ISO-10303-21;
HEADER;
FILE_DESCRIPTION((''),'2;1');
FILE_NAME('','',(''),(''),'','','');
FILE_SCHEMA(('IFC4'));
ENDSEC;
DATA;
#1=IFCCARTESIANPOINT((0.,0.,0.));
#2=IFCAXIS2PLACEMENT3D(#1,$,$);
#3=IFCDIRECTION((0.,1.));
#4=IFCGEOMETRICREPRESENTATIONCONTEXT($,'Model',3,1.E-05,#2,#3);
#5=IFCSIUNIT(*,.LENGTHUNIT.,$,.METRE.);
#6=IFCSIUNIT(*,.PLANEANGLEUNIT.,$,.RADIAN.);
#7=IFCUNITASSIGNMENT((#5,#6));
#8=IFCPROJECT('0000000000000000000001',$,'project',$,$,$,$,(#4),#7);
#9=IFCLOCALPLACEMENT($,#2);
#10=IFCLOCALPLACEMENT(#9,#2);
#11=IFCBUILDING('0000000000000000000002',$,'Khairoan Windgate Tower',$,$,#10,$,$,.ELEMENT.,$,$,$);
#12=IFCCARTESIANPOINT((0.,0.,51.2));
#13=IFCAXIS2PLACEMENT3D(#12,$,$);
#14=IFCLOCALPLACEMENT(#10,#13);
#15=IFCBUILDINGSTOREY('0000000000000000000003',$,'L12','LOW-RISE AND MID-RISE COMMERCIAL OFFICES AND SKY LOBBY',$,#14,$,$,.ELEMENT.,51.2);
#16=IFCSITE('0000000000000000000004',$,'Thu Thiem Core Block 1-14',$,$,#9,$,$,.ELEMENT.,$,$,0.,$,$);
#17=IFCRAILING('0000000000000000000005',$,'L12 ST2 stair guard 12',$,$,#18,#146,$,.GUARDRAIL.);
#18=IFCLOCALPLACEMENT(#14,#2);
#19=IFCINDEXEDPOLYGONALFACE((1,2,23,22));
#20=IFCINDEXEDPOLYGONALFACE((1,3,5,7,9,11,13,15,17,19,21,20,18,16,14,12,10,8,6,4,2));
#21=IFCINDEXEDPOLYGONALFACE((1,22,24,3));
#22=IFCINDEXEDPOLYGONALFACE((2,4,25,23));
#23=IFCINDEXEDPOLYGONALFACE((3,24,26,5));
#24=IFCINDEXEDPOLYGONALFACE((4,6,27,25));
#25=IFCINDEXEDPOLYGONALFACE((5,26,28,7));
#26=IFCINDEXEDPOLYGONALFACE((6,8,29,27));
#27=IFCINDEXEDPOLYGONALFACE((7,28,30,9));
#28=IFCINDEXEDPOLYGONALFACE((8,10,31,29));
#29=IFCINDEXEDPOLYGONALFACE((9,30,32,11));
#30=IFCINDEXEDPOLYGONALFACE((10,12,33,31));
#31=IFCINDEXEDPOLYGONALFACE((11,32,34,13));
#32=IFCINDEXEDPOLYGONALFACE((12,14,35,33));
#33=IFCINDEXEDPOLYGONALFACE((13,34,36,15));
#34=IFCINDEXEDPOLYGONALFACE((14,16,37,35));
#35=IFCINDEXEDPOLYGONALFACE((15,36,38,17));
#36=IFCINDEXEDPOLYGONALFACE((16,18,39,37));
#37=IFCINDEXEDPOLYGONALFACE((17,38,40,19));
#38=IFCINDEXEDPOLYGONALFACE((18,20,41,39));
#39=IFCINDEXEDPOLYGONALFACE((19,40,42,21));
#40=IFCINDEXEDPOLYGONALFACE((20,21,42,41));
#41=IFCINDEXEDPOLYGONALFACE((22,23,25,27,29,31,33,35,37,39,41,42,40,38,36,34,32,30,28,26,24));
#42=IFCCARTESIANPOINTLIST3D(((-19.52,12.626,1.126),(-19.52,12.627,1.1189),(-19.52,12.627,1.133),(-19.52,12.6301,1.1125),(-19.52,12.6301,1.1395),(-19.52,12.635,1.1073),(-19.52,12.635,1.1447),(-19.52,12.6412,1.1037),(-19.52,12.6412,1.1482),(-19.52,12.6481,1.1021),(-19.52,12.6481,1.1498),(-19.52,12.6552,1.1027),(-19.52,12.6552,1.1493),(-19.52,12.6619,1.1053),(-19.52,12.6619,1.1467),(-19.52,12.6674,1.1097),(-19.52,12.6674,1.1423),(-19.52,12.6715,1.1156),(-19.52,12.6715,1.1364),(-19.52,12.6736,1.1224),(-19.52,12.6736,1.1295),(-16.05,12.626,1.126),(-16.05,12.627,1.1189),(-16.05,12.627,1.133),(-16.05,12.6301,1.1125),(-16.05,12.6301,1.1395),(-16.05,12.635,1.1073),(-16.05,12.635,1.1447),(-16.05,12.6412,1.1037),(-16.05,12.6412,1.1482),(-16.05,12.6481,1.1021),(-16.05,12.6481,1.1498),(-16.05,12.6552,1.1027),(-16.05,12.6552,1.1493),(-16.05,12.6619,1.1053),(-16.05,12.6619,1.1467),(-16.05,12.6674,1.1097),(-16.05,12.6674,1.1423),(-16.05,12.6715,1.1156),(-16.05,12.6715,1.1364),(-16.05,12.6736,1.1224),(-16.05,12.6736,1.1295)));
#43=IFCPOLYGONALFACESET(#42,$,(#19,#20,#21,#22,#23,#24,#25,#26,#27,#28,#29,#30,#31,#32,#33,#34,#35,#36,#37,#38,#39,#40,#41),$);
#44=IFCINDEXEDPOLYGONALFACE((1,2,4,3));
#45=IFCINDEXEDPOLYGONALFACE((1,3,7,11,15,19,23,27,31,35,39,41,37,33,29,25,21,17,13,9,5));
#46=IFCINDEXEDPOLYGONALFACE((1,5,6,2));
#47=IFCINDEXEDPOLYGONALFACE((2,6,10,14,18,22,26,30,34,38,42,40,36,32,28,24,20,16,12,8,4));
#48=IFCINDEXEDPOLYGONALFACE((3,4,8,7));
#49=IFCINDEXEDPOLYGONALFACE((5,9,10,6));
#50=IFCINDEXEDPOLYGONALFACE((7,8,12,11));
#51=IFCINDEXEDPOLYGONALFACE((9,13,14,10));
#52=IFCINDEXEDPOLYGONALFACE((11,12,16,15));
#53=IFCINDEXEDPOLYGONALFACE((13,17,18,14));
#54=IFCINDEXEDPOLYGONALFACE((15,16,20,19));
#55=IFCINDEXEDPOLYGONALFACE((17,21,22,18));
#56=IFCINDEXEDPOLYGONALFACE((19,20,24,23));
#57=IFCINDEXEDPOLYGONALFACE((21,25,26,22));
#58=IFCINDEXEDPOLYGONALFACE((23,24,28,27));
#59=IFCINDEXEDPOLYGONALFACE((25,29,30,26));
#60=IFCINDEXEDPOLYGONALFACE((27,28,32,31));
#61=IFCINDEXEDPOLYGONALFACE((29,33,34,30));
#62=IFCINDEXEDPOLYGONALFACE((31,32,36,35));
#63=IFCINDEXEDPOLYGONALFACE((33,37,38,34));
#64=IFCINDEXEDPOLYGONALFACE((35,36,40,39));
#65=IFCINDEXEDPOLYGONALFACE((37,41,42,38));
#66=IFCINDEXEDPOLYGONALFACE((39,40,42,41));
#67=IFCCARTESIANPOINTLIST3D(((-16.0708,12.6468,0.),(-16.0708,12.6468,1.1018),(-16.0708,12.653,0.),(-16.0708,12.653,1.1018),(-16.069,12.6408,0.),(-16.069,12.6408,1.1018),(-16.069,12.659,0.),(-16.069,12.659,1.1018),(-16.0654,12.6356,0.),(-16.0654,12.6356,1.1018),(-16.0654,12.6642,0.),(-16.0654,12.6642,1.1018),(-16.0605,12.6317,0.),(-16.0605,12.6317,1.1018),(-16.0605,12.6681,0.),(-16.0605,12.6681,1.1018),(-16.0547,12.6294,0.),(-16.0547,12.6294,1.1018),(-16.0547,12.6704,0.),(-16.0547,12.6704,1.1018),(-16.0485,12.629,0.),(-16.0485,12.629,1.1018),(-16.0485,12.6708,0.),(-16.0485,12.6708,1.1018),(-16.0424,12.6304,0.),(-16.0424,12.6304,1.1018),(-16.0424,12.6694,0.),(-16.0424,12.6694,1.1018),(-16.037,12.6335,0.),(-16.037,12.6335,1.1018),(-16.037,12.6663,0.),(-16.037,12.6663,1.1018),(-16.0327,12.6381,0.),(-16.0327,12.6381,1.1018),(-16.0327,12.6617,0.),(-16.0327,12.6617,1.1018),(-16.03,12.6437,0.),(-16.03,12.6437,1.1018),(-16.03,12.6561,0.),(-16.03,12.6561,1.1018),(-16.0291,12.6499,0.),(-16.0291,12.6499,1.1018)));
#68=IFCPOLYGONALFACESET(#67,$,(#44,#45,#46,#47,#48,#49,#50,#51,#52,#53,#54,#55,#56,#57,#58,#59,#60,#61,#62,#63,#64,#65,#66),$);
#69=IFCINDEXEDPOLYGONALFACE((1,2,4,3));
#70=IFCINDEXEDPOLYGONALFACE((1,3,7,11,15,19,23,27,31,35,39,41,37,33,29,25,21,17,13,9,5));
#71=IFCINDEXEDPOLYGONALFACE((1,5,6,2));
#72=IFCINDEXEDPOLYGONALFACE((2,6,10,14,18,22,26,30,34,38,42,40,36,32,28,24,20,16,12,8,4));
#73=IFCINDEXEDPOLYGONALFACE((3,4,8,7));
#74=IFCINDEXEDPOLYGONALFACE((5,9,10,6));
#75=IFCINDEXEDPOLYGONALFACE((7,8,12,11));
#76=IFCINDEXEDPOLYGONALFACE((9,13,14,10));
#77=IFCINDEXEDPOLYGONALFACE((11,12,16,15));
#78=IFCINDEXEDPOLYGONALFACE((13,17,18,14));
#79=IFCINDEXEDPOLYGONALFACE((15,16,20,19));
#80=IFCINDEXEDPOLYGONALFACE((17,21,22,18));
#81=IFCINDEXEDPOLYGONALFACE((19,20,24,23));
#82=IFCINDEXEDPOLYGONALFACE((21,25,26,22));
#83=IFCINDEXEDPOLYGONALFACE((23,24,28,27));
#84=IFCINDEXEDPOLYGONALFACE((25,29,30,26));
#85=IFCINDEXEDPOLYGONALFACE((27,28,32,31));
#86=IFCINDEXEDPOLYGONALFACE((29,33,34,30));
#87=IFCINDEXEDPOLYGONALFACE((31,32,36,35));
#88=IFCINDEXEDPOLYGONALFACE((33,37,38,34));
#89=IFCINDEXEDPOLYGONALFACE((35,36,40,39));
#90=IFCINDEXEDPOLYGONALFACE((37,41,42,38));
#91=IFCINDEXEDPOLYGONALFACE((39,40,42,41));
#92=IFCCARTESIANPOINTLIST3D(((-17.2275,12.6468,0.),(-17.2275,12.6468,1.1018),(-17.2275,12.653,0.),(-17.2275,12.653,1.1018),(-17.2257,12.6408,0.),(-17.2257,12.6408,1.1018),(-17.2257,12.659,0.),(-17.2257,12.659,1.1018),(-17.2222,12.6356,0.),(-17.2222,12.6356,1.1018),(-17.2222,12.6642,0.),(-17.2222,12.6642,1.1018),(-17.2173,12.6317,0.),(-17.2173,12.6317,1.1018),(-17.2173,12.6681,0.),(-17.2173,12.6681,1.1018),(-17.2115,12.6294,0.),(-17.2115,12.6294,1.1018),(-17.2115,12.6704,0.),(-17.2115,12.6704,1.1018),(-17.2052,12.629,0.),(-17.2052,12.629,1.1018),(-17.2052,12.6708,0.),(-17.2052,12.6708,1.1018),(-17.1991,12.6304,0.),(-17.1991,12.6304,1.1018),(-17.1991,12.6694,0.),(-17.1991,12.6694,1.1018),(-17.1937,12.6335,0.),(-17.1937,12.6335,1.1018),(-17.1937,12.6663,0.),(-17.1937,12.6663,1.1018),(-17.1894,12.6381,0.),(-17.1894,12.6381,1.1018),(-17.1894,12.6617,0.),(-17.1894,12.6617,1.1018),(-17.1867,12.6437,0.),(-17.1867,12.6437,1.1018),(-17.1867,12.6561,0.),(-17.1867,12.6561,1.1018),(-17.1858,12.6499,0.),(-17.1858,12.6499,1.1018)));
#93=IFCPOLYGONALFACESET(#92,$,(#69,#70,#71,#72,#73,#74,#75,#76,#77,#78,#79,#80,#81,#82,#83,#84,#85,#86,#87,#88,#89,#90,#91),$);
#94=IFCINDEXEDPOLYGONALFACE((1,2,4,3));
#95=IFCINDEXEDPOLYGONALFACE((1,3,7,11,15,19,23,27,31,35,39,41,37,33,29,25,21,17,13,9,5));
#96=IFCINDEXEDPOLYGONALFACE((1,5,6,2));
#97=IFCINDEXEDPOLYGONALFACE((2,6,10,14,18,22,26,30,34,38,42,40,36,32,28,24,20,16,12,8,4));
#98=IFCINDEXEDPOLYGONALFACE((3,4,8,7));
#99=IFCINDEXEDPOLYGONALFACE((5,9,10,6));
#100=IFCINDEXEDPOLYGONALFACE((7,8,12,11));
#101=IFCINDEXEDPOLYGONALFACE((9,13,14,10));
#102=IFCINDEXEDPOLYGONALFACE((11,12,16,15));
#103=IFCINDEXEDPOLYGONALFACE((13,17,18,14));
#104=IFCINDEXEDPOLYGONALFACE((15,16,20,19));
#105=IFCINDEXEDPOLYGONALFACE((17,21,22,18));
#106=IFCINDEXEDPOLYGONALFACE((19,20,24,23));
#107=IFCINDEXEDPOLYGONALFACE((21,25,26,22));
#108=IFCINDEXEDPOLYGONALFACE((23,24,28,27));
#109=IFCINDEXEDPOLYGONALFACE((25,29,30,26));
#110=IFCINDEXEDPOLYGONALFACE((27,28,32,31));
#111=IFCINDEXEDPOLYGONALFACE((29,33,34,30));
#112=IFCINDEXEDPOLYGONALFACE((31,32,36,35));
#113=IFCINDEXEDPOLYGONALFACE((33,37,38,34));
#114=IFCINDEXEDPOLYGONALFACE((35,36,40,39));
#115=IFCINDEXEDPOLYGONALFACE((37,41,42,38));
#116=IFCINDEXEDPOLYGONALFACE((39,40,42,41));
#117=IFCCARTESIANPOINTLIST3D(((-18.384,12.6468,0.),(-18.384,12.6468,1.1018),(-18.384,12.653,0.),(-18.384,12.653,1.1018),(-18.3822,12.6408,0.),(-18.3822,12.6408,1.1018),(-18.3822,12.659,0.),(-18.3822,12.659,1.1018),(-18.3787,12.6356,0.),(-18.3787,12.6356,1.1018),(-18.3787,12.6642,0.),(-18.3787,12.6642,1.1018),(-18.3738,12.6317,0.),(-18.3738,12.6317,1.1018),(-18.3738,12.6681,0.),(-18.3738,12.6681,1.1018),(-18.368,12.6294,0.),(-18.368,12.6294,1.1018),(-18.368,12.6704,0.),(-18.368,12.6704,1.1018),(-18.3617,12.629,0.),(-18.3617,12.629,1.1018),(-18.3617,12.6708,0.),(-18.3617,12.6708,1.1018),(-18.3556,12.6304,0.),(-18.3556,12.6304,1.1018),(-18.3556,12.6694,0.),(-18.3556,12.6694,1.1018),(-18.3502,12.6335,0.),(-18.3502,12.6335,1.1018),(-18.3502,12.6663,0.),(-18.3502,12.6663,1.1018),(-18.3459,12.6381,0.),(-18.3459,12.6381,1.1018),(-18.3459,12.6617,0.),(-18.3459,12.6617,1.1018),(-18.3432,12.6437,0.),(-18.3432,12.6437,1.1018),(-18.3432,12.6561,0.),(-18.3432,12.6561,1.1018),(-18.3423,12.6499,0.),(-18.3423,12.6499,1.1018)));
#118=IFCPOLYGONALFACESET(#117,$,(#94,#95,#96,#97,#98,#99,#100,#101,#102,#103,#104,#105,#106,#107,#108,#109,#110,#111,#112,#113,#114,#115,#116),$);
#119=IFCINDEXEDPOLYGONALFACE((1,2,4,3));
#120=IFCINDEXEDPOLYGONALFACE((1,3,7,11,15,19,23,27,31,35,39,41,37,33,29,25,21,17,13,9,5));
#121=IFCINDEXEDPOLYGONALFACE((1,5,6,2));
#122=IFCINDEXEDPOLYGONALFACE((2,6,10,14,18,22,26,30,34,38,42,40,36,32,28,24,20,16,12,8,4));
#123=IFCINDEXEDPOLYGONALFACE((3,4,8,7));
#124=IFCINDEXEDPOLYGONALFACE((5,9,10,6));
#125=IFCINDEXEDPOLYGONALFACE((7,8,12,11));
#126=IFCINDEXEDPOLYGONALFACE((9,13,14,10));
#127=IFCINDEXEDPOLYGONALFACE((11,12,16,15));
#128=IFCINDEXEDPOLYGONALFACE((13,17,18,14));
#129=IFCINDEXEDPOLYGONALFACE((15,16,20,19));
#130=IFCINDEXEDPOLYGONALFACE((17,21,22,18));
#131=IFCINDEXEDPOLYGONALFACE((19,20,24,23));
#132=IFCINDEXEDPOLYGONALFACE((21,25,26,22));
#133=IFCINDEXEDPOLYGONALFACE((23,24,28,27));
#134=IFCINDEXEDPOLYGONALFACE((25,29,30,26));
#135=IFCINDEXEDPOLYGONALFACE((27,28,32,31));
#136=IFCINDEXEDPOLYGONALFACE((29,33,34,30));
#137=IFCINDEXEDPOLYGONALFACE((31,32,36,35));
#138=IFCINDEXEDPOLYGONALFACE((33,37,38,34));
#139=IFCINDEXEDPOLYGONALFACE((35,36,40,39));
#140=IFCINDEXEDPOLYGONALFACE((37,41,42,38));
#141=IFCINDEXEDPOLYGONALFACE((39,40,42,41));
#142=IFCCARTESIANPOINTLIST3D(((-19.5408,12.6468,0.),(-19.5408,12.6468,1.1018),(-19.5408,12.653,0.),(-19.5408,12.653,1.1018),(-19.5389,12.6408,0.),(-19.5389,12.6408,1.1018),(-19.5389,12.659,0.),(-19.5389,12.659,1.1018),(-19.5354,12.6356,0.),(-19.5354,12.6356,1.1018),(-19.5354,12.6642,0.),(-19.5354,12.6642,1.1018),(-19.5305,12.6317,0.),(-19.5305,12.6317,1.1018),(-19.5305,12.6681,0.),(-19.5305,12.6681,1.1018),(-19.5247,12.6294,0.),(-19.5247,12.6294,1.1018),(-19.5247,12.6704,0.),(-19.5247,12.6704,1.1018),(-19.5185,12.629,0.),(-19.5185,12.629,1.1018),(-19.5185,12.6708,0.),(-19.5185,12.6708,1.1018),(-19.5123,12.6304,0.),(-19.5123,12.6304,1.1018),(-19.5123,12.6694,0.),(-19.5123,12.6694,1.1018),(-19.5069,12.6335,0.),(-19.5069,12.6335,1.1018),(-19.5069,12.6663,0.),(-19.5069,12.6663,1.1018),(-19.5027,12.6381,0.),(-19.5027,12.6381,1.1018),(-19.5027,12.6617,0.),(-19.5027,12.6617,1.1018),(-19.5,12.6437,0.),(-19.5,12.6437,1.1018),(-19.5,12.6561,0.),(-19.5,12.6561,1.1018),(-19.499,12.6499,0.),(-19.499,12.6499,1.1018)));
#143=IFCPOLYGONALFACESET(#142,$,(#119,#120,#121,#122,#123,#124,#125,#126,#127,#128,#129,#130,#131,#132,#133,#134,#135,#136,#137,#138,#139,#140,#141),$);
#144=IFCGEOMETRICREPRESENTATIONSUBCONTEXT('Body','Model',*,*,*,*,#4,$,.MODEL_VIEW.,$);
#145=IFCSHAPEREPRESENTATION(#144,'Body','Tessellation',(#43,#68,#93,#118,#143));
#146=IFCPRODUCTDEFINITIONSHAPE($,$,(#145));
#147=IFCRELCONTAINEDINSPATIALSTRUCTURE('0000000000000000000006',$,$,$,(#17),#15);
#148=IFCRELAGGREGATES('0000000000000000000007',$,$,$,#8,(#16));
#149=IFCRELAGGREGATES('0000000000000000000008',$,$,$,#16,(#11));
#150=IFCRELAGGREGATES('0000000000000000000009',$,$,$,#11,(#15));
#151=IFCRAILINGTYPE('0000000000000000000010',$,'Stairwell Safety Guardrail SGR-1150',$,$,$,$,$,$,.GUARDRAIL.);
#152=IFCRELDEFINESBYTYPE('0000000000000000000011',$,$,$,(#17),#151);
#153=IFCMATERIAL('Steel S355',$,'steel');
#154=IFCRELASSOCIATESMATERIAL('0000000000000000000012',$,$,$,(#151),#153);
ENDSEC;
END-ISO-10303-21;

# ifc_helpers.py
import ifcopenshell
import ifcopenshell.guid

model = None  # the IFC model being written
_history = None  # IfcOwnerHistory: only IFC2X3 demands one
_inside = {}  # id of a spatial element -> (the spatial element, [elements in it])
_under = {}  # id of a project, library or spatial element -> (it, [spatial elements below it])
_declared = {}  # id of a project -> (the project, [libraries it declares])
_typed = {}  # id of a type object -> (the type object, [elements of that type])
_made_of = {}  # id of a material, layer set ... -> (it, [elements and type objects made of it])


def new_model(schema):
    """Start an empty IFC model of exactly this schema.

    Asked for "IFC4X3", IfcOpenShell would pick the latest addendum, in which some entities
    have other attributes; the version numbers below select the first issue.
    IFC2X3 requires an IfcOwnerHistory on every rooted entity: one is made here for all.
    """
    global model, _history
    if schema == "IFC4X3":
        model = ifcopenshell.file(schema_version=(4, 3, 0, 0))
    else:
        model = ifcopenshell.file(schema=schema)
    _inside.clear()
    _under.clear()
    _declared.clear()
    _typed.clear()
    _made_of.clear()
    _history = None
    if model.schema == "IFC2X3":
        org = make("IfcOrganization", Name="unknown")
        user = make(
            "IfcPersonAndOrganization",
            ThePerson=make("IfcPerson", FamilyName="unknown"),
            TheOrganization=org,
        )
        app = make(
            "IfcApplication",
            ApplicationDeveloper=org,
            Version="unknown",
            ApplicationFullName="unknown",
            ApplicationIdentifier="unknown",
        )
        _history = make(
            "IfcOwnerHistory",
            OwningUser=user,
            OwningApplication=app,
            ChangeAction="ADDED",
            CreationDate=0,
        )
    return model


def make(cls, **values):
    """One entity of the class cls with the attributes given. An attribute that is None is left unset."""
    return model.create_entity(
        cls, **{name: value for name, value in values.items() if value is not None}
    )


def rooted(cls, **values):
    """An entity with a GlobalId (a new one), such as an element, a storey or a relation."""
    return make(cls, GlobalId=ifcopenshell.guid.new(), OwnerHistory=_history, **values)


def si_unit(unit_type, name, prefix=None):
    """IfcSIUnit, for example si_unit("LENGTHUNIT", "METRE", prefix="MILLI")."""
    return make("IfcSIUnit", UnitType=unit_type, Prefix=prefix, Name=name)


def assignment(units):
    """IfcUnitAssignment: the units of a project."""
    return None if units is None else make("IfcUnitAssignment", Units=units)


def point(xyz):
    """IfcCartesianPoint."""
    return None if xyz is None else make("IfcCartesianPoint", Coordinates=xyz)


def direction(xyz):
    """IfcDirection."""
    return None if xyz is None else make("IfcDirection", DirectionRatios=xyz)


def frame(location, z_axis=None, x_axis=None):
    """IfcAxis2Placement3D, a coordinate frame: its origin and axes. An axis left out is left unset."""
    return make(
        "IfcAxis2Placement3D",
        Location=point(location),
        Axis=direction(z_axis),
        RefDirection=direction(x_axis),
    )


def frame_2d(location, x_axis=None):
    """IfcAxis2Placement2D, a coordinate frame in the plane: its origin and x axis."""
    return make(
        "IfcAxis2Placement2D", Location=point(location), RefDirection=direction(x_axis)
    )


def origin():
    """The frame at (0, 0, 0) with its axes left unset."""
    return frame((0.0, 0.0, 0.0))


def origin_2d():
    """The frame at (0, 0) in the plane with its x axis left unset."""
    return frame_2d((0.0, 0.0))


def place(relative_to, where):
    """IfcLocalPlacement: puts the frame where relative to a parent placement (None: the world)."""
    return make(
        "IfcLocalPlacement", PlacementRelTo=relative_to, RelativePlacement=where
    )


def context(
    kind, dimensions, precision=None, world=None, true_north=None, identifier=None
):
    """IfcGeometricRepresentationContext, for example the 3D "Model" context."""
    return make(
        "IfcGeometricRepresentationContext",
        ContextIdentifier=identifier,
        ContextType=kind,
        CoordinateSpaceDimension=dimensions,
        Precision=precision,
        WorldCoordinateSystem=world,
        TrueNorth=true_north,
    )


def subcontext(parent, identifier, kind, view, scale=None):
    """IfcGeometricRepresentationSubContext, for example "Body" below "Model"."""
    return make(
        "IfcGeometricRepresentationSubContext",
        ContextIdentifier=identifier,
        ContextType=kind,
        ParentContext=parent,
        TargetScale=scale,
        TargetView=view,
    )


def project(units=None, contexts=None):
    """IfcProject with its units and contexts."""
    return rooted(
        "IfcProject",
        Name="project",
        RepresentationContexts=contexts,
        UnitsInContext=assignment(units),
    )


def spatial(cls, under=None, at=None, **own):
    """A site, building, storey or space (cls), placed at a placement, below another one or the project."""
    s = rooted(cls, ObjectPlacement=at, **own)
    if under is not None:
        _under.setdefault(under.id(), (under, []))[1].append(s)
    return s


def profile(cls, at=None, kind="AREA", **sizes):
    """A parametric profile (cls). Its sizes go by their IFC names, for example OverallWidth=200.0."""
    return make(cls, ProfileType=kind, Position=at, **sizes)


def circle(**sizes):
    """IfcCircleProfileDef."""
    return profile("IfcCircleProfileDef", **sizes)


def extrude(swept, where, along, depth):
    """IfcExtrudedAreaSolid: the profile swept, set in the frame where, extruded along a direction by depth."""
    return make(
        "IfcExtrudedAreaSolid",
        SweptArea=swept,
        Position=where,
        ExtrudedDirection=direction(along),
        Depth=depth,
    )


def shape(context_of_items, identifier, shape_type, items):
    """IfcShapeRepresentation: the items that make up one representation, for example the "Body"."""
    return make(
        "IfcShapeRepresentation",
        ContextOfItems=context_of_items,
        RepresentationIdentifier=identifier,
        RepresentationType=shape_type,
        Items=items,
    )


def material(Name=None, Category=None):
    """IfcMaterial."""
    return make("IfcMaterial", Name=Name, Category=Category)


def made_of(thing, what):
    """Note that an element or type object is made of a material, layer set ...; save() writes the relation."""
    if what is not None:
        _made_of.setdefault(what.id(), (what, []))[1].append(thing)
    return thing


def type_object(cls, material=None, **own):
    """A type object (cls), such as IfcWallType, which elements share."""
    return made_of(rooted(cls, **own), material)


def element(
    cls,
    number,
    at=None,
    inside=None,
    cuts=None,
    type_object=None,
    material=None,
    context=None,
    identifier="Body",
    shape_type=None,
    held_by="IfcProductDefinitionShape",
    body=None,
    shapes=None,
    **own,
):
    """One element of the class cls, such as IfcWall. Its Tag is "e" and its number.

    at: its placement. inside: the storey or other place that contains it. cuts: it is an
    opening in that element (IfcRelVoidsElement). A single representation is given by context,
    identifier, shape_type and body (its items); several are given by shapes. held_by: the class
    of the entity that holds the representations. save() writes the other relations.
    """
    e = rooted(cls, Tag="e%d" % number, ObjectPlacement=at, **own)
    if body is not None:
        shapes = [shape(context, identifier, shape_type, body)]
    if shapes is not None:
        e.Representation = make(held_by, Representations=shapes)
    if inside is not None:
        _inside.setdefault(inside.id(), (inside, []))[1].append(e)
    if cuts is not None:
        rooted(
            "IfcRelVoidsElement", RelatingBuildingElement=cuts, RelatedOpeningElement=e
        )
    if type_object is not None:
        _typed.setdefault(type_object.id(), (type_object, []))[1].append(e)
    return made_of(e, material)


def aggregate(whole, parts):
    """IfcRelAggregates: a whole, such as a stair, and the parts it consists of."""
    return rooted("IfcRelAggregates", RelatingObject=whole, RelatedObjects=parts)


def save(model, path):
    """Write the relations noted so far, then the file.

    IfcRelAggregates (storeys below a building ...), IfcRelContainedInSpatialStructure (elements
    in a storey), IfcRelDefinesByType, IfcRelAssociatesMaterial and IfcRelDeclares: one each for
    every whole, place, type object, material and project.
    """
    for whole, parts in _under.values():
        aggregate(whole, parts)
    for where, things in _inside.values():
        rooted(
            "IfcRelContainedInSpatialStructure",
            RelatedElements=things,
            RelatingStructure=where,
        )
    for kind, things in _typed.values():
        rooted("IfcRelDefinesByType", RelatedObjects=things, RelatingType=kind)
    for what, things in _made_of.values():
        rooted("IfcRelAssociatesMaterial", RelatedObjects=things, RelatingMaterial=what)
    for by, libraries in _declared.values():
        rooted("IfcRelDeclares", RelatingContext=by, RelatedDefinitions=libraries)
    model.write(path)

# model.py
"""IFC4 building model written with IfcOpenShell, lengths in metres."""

from ifc_helpers import new_model, si_unit, direction, frame, origin, origin_2d, place, context, subcontext, project, spatial, circle, extrude, material, type_object, element, save


model = new_model("IFC4")

# Units and contexts
model_context = context("Model", 3, precision=1e-05, world=origin(), true_north=direction((0.0, 1.0)))
body_context = subcontext(model_context, "Body", "Model", "MODEL_VIEW")
ifc_project = project(units=[si_unit("LENGTHUNIT", "METRE"), si_unit("PLANEANGLEUNIT", "RADIAN")], contexts=[model_context])

# Site, building, storey
site_placement = place(None, origin())
site = spatial("IfcSite", under=ifc_project, at=site_placement, Name="Thu Thiem Core Block 1-14", CompositionType="ELEMENT", RefElevation=0.0)
building_placement = place(site_placement, origin())
building = spatial("IfcBuilding", under=site, at=building_placement, Name="Khairoan Windgate Tower", CompositionType="ELEMENT")
storey_placement = place(building_placement, frame((0.0, 0.0, 51.2)))
storey = spatial("IfcBuildingStorey", under=building, at=storey_placement, Name="L12", Description="LOW-RISE AND MID-RISE COMMERCIAL OFFICES AND SKY LOBBY", CompositionType="ELEMENT", Elevation=51.2)

# Railing
ifc_material_1 = material(Name="Steel S355", Category="steel")
railing_type = type_object("IfcRailingType", Name="Stairwell Safety Guardrail SGR-1150", PredefinedType="GUARDRAIL", material=ifc_material_1)
railing_1_placement = place(storey_placement, frame((-16.05, 12.6499, 0.0)))
element("IfcRailing", 1, at=railing_1_placement, inside=storey, type_object=railing_type, Name="L12 ST2 stair guard 12", PredefinedType="GUARDRAIL", context=body_context, shape_type="SweptSolid", body=[
    extrude(circle(Radius=0.0239, at=origin_2d()), frame((0.0, 0.0, 1.126), z_axis=(-1.0, 0.0, 0.0), x_axis=(0.0, -1.0, 0.0)), (0.0, 0.0, 1.0), 3.47),
    extrude(circle(Radius=0.021, at=origin_2d()), origin(), (0.0, 0.0, 1.0), 1.1018),
    extrude(circle(Radius=0.021, at=origin_2d()), frame((-1.1567, 0.0, 0.0)), (0.0, 0.0, 1.0), 1.1018),
    extrude(circle(Radius=0.021, at=origin_2d()), frame((-2.3132, 0.0, 0.0)), (0.0, 0.0, 1.0), 1.1018),
    extrude(circle(Radius=0.021, at=origin_2d()), frame((-3.47, 0.0, 0.0)), (0.0, 0.0, 1.0), 1.1018),
])

save(model, "model.ifc")
